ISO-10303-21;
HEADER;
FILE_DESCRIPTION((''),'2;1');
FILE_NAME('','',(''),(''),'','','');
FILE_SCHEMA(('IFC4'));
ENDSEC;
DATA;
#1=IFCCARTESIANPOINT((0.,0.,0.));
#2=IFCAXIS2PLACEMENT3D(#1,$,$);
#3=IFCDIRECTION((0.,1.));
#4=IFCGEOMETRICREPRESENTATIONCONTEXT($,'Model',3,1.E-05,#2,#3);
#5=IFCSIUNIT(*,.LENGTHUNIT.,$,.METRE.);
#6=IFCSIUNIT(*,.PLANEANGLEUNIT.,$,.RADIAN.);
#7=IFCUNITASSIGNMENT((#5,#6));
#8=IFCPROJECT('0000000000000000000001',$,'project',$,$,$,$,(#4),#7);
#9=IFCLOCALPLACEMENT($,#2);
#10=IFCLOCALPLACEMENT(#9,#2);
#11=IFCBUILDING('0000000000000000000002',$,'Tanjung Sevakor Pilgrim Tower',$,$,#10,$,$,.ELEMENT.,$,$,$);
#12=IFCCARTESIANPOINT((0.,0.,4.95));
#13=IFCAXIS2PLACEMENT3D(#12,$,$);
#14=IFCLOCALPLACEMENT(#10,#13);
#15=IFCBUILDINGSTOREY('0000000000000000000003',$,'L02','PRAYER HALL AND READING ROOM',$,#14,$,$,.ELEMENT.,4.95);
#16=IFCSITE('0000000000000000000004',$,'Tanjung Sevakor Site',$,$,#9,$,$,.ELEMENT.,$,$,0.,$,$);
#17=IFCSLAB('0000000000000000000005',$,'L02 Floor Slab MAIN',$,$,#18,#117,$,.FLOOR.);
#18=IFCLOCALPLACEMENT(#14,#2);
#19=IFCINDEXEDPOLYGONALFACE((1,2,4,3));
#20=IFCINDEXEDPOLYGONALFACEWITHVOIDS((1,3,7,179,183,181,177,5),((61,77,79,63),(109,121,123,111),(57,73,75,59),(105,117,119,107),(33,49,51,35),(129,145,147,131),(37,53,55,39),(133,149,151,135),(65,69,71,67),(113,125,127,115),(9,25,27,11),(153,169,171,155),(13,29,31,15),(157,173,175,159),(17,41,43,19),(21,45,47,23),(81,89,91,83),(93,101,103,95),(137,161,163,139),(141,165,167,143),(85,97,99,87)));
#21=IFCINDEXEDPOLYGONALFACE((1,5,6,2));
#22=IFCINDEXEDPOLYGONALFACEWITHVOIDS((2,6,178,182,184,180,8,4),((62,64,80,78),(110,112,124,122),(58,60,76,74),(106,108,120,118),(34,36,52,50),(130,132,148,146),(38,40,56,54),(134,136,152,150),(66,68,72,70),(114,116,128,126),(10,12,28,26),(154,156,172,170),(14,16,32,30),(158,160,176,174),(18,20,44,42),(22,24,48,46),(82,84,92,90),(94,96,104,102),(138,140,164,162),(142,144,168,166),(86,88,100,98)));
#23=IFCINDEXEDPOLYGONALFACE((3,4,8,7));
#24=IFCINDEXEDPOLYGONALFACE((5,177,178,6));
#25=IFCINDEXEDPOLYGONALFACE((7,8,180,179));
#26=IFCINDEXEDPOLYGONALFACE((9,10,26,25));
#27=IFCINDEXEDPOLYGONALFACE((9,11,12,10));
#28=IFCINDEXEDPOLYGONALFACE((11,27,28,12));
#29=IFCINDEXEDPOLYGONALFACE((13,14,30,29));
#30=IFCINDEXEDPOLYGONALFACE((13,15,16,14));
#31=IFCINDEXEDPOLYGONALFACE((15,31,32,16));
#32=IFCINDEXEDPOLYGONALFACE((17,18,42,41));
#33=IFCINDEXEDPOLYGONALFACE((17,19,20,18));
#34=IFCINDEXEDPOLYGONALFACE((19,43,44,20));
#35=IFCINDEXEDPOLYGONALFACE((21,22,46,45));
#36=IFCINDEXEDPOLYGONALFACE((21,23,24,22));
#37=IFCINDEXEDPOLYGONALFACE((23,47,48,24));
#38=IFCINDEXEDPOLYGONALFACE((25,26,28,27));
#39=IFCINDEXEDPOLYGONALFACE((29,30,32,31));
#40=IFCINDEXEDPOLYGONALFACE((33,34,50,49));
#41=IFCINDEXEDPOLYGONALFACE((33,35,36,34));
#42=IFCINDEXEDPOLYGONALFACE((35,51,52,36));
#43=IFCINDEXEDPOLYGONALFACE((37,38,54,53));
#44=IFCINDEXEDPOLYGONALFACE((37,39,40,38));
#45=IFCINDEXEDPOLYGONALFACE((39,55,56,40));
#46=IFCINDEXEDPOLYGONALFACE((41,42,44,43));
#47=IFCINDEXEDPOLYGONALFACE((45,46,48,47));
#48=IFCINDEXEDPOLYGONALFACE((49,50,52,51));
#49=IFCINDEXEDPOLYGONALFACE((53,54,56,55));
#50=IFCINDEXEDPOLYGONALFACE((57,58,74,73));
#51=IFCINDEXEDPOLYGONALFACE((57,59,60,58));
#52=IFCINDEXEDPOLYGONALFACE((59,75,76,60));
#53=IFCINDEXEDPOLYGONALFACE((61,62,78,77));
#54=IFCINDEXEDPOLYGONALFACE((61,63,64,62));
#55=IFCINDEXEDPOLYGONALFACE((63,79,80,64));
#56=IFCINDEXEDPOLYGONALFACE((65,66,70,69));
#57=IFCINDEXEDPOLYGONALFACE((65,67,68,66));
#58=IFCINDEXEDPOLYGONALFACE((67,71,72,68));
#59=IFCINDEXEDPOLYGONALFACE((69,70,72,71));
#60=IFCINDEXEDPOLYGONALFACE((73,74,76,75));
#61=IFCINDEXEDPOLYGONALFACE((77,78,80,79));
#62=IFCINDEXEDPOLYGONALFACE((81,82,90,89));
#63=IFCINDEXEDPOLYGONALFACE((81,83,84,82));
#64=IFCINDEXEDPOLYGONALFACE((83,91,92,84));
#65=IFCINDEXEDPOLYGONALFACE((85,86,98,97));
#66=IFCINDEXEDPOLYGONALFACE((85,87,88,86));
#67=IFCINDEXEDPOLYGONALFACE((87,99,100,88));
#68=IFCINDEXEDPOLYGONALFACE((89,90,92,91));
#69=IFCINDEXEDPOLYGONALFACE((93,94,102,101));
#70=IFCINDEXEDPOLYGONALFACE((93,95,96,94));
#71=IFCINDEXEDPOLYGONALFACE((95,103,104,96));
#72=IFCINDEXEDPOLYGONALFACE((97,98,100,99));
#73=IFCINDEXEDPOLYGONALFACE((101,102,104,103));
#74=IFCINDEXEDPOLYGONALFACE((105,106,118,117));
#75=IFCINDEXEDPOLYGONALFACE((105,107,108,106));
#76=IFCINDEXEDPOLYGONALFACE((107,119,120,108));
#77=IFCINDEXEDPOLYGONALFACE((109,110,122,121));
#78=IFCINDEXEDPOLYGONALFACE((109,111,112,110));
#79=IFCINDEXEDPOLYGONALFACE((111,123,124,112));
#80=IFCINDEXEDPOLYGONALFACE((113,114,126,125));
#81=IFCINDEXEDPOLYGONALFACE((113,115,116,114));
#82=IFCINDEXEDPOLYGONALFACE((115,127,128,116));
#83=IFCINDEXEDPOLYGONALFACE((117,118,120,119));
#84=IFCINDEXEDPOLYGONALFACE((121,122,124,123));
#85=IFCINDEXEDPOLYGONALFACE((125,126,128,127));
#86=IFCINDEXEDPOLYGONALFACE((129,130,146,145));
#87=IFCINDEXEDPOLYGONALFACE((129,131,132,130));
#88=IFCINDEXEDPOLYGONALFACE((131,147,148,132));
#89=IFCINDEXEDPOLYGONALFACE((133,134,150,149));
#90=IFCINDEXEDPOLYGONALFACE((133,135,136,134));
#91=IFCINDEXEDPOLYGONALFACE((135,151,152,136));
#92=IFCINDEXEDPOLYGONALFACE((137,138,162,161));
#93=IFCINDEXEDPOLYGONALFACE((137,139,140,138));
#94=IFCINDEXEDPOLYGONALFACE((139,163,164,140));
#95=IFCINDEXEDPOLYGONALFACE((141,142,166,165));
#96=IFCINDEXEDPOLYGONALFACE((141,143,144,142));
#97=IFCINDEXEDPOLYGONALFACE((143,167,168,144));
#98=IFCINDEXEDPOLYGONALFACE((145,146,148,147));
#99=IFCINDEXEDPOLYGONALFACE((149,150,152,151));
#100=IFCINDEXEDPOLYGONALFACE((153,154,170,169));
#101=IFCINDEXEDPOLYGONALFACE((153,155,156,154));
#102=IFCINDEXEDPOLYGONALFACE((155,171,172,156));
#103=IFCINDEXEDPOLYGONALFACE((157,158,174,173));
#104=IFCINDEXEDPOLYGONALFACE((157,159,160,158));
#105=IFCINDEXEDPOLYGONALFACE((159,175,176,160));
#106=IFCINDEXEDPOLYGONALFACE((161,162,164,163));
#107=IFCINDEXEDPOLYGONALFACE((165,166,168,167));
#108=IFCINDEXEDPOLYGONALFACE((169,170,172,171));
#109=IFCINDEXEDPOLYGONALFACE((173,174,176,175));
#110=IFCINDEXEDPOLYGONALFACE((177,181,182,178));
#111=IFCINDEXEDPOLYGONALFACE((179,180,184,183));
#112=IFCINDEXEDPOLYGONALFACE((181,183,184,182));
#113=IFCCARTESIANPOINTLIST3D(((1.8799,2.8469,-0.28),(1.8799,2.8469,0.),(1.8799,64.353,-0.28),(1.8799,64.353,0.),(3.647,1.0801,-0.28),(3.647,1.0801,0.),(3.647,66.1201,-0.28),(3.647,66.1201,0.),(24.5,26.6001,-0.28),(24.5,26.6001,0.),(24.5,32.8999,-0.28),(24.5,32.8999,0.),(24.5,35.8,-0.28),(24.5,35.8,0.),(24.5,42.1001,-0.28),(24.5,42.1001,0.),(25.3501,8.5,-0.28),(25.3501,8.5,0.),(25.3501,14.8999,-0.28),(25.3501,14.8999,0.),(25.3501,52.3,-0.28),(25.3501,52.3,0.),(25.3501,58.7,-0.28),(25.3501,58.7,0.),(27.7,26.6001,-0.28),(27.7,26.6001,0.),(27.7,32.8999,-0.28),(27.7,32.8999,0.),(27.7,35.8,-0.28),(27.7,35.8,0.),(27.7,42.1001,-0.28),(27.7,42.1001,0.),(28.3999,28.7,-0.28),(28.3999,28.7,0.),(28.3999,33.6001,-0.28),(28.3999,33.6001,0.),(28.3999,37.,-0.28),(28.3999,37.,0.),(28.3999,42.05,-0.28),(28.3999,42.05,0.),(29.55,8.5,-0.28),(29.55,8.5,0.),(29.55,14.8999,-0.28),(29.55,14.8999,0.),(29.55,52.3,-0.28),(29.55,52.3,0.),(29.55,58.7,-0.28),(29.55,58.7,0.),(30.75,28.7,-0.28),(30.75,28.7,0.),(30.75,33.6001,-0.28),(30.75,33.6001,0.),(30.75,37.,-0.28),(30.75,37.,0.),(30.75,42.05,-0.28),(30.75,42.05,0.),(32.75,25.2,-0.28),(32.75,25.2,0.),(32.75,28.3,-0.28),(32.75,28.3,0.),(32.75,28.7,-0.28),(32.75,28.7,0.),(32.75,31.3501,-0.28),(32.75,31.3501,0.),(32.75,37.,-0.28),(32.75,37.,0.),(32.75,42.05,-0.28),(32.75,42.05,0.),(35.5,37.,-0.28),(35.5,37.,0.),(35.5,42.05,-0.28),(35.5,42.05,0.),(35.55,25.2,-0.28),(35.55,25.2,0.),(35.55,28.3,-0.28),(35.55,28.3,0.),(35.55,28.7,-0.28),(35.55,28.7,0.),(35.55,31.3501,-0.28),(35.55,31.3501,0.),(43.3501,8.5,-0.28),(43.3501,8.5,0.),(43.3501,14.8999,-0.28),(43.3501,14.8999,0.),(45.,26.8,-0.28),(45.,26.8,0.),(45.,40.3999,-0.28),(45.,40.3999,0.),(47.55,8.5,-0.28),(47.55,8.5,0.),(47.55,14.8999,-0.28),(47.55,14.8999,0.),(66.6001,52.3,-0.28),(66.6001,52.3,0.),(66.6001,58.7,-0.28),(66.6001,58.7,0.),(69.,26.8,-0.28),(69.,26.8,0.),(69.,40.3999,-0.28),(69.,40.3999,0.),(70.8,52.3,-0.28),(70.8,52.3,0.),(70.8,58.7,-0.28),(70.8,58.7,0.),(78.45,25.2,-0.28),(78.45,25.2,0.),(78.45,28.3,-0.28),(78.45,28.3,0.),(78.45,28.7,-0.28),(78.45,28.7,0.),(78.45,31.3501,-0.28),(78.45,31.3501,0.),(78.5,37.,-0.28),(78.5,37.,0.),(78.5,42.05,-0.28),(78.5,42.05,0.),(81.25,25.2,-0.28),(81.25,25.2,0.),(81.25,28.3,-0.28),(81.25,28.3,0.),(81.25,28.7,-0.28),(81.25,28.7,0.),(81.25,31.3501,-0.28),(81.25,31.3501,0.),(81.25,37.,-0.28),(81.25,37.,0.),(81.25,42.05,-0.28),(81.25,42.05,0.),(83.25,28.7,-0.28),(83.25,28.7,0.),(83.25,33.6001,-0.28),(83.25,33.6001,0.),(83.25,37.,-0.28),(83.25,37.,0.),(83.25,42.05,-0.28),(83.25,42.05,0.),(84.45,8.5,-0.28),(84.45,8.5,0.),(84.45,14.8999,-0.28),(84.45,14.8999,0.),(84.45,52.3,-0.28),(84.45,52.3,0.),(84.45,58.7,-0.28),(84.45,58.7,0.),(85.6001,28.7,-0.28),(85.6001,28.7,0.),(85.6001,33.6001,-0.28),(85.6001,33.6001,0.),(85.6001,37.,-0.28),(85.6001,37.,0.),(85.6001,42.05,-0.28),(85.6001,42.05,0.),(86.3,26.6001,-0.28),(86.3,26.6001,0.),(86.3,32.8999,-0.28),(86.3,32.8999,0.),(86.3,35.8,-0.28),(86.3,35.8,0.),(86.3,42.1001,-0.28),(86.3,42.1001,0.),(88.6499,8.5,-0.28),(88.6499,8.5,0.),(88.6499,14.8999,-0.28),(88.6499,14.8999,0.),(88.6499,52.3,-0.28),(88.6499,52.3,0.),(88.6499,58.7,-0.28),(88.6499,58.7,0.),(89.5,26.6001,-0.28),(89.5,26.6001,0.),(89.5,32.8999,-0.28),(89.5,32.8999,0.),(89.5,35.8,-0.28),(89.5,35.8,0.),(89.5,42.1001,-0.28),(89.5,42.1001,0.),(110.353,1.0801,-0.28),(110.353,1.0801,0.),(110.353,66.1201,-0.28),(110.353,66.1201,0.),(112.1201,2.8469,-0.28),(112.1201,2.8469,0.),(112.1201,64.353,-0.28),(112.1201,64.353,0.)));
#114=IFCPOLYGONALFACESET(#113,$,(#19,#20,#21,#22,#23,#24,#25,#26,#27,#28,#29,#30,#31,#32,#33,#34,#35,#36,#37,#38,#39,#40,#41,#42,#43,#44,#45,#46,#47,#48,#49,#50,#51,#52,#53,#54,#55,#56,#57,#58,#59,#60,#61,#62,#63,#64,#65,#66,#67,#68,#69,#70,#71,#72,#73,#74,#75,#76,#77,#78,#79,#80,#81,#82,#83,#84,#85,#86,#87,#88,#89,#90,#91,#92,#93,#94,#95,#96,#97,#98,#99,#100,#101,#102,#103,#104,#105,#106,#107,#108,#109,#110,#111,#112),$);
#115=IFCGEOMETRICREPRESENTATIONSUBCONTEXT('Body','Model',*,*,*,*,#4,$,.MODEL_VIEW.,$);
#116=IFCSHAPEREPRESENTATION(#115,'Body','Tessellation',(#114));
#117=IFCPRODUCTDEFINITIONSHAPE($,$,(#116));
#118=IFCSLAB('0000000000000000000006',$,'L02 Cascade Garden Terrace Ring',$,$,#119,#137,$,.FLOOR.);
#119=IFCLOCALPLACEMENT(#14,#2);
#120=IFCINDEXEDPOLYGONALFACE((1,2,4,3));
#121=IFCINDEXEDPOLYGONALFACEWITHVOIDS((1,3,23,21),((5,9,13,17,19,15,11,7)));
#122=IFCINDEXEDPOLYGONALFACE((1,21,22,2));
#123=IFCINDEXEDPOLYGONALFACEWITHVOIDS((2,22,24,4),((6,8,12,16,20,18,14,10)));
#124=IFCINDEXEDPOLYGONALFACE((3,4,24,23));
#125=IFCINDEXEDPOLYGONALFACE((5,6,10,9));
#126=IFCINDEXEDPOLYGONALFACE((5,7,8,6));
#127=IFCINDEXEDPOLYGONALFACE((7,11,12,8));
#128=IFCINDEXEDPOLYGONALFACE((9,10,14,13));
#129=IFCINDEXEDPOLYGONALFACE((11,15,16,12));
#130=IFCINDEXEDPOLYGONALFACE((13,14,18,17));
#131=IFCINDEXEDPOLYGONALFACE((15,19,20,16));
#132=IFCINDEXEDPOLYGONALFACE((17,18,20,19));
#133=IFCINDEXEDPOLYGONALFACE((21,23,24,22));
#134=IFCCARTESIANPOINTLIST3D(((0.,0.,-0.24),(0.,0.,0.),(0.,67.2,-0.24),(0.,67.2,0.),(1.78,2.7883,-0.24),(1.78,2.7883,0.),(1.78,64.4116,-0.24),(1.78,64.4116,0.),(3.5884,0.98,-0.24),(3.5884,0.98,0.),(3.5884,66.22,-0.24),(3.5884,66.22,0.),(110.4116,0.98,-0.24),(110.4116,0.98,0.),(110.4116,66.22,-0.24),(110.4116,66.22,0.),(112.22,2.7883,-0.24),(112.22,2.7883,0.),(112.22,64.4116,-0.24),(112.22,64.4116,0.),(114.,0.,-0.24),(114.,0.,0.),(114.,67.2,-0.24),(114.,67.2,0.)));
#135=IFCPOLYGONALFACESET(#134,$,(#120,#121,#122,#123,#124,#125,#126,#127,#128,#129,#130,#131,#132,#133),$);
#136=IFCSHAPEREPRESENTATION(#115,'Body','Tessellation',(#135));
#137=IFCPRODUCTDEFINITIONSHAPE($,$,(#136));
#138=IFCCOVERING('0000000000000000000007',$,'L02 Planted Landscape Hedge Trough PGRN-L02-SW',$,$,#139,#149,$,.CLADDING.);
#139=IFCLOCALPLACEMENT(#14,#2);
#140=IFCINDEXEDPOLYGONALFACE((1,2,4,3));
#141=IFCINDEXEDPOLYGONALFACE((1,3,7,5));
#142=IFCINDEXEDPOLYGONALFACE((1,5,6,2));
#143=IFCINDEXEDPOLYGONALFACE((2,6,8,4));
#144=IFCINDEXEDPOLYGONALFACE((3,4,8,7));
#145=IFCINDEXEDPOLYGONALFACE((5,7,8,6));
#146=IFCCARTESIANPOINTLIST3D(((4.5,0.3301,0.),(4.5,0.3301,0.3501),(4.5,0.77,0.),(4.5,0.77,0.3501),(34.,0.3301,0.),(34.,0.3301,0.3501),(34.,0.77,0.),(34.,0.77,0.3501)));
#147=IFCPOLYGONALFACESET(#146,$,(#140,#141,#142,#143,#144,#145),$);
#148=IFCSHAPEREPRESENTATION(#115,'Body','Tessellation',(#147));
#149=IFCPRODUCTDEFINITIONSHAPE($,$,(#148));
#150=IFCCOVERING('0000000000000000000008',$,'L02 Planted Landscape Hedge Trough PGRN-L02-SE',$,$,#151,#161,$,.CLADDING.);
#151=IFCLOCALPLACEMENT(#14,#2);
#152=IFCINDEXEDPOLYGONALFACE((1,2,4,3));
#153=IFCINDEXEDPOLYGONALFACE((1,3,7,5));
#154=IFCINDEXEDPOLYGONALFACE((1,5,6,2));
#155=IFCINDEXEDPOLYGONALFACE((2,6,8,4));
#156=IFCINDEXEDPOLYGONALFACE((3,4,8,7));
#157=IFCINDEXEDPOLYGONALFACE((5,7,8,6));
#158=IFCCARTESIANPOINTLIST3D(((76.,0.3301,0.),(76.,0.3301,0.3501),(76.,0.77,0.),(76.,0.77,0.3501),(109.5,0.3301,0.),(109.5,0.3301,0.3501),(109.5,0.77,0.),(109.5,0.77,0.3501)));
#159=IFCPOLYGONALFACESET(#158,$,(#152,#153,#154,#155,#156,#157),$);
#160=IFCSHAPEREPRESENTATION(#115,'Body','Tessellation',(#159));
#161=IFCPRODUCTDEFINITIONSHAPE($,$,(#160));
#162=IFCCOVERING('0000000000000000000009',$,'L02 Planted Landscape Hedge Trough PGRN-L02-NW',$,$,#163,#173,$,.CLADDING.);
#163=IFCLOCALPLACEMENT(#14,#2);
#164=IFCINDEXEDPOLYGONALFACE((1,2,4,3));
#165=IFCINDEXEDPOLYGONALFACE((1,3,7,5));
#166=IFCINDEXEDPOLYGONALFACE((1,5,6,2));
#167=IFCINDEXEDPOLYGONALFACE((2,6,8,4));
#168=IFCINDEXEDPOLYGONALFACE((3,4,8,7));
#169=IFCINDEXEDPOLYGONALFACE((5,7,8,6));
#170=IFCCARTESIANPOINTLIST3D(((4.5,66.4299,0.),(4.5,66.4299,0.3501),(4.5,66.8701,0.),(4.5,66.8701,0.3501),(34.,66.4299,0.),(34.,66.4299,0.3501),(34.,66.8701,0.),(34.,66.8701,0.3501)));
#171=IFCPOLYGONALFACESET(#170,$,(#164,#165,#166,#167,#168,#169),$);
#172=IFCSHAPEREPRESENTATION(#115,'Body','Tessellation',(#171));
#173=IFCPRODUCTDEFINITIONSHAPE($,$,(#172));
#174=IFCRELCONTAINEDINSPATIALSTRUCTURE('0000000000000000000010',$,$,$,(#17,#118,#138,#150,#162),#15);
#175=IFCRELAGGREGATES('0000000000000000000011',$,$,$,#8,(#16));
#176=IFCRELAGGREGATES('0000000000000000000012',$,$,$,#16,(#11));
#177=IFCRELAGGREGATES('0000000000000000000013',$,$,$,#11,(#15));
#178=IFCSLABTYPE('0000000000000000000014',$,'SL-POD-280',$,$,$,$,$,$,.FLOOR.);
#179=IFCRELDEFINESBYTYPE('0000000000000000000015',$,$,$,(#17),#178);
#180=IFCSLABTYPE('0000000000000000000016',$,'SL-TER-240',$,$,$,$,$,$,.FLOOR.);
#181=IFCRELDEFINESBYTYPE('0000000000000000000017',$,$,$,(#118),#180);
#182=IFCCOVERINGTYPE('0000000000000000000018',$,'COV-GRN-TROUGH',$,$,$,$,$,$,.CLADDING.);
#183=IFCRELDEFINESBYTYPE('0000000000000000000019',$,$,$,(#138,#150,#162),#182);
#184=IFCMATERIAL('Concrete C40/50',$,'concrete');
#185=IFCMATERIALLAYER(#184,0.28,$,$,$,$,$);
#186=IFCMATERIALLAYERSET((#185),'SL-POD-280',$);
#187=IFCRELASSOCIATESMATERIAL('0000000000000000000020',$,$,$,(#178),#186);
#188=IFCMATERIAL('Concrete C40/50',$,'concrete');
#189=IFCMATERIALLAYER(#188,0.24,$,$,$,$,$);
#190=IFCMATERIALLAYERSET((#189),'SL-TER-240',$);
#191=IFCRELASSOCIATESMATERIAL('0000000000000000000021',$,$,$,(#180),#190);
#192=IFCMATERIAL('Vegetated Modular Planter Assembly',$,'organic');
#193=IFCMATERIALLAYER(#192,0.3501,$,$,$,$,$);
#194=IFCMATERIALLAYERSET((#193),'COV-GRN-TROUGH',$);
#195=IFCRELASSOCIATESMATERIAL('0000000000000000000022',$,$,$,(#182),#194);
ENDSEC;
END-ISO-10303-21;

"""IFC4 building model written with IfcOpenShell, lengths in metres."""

from ifc_helpers import new_model, si_unit, direction, frame, origin, place, context, subcontext, project, spatial, polyline, outline, extrude, material, layer, layer_set, type_object, element, save


model = new_model("IFC4")

# Units and contexts
model_context = context("Model", 3, precision=1e-05, world=origin(), true_north=direction((0.0, 1.0)))
body_context = subcontext(model_context, "Body", "Model", "MODEL_VIEW")
ifc_project = project(units=[si_unit("LENGTHUNIT", "METRE"), si_unit("PLANEANGLEUNIT", "RADIAN")], contexts=[model_context])

# Site, building, storey
site_placement = place(None, origin())
site = spatial("IfcSite", under=ifc_project, at=site_placement, Name="Tanjung Sevakor Site", CompositionType="ELEMENT", RefElevation=0.0)
building_placement = place(site_placement, origin())
building = spatial("IfcBuilding", under=site, at=building_placement, Name="Tanjung Sevakor Pilgrim Tower", CompositionType="ELEMENT")
storey_placement = place(building_placement, frame((0.0, 0.0, 4.95)))
storey = spatial("IfcBuildingStorey", under=building, at=storey_placement, Name="L02", Description="PRAYER HALL AND READING ROOM", CompositionType="ELEMENT", Elevation=4.95)

# Slabs
ifc_material_1 = material(Name="Concrete C40/50", Category="concrete")
ifc_layer_1 = layer(ifc_material_1, 0.28)
ifc_layer_set_1 = layer_set([ifc_layer_1], Name="SL-POD-280")
slab_type_1 = type_object("IfcSlabType", Name="SL-POD-280", PredefinedType="FLOOR", material=ifc_layer_set_1)
slab_1_placement = place(storey_placement, frame((0.0, 0.0, -0.28)))
element("IfcSlab", 1, at=slab_1_placement, inside=storey, type_object=slab_type_1, Name="L02 Floor Slab MAIN", PredefinedType="FLOOR", context=body_context, shape_type="SweptSolid", body=[
    extrude(outline(polyline([(3.647, 1.0801), (110.353, 1.0801), (112.1201, 2.8469), (112.1201, 64.353), (110.353, 66.1201), (3.647, 66.1201), (1.8799, 64.353), (1.8799, 2.8469), (3.647, 1.0801)]), holes=[polyline([(27.7, 26.6001), (27.7, 32.8999), (24.5, 32.8999), (24.5, 26.6001), (27.7, 26.6001)]), polyline([(27.7, 35.8), (27.7, 42.1001), (24.5, 42.1001), (24.5, 35.8), (27.7, 35.8)]), polyline([(89.5, 26.6001), (89.5, 32.8999), (86.3, 32.8999), (86.3, 26.6001), (89.5, 26.6001)]), polyline([(89.5, 35.8), (89.5, 42.1001), (86.3, 42.1001), (86.3, 35.8), (89.5, 35.8)]), polyline([(25.3501, 14.8999), (25.3501, 8.5), (29.55, 8.5), (29.55, 14.8999), (25.3501, 14.8999)]), polyline([(29.55, 52.3), (29.55, 58.7), (25.3501, 58.7), (25.3501, 52.3), (29.55, 52.3)]), polyline([(43.3501, 14.8999), (43.3501, 8.5), (47.55, 8.5), (47.55, 14.8999), (43.3501, 14.8999)]), polyline([(70.8, 52.3), (70.8, 58.7), (66.6001, 58.7), (66.6001, 52.3), (70.8, 52.3)]), polyline([(84.45, 14.8999), (84.45, 8.5), (88.6499, 8.5), (88.6499, 14.8999), (84.45, 14.8999)]), polyline([(88.6499, 52.3), (88.6499, 58.7), (84.45, 58.7), (84.45, 52.3), (88.6499, 52.3)]), polyline([(32.75, 25.2), (35.55, 25.2), (35.55, 28.3), (32.75, 28.3), (32.75, 25.2)]), polyline([(32.75, 28.7), (35.55, 28.7), (35.55, 31.3501), (32.75, 31.3501), (32.75, 28.7)]), polyline([(28.3999, 28.7), (30.75, 28.7), (30.75, 33.6001), (28.3999, 33.6001), (28.3999, 28.7)]), polyline([(28.3999, 37.0), (30.75, 37.0), (30.75, 42.05), (28.3999, 42.05), (28.3999, 37.0)]), polyline([(32.75, 37.0), (35.5, 37.0), (35.5, 42.05), (32.75, 42.05), (32.75, 37.0)]), polyline([(78.45, 25.2), (81.25, 25.2), (81.25, 28.3), (78.45, 28.3), (78.45, 25.2)]), polyline([(78.45, 28.7), (81.25, 28.7), (81.25, 31.3501), (78.45, 31.3501), (78.45, 28.7)]), polyline([(83.25, 28.7), (85.6001, 28.7), (85.6001, 33.6001), (83.25, 33.6001), (83.25, 28.7)]), polyline([(83.25, 37.0), (85.6001, 37.0), (85.6001, 42.05), (83.25, 42.05), (83.25, 37.0)]), polyline([(78.5, 37.0), (81.25, 37.0), (81.25, 42.05), (78.5, 42.05), (78.5, 37.0)]), polyline([(45.0, 26.8), (69.0, 26.8), (69.0, 40.3999), (45.0, 40.3999), (45.0, 26.8)])]), origin(), (0.0, 0.0, 1.0), 0.28),
])
ifc_material_2 = material(Name="Concrete C40/50", Category="concrete")
ifc_layer_2 = layer(ifc_material_2, 0.24)
ifc_layer_set_2 = layer_set([ifc_layer_2], Name="SL-TER-240")
slab_type_2 = type_object("IfcSlabType", Name="SL-TER-240", PredefinedType="FLOOR", material=ifc_layer_set_2)
slab_2_placement = place(storey_placement, frame((0.0, 0.0, -0.24)))
element("IfcSlab", 2, at=slab_2_placement, inside=storey, type_object=slab_type_2, Name="L02 Cascade Garden Terrace Ring", PredefinedType="FLOOR", context=body_context, shape_type="SweptSolid", body=[
    extrude(outline(polyline([(0.0, 0.0), (114.0, 0.0), (114.0, 67.2), (0.0, 67.2), (0.0, 0.0)]), holes=[polyline([(3.5884, 0.98), (110.4116, 0.98), (112.22, 2.7883), (112.22, 64.4116), (110.4116, 66.22), (3.5884, 66.22), (1.78, 64.4116), (1.78, 2.7883), (3.5884, 0.98)])]), origin(), (0.0, 0.0, 1.0), 0.24),
])

# Coverings
ifc_material_3 = material(Name="Vegetated Modular Planter Assembly", Category="organic")
ifc_layer_3 = layer(ifc_material_3, 0.3501)
ifc_layer_set_3 = layer_set([ifc_layer_3], Name="COV-GRN-TROUGH")
covering_type = type_object("IfcCoveringType", Name="COV-GRN-TROUGH", PredefinedType="CLADDING", material=ifc_layer_set_3)
covering_1_placement = place(storey_placement, origin())
element("IfcCovering", 3, at=covering_1_placement, inside=storey, type_object=covering_type, Name="L02 Planted Landscape Hedge Trough PGRN-L02-SW", PredefinedType="CLADDING", context=body_context, shape_type="SweptSolid", body=[
    extrude(outline(polyline([(4.5, 0.3301), (34.0, 0.3301), (34.0, 0.77), (4.5, 0.77), (4.5, 0.3301)])), origin(), (0.0, 0.0, 1.0), 0.3501),
])
covering_2_placement = place(storey_placement, origin())
element("IfcCovering", 4, at=covering_2_placement, inside=storey, type_object=covering_type, Name="L02 Planted Landscape Hedge Trough PGRN-L02-SE", PredefinedType="CLADDING", context=body_context, shape_type="SweptSolid", body=[
    extrude(outline(polyline([(76.0, 0.3301), (109.5, 0.3301), (109.5, 0.77), (76.0, 0.77), (76.0, 0.3301)])), origin(), (0.0, 0.0, 1.0), 0.3501),
])
covering_3_placement = place(storey_placement, origin())
element("IfcCovering", 5, at=covering_3_placement, inside=storey, type_object=covering_type, Name="L02 Planted Landscape Hedge Trough PGRN-L02-NW", PredefinedType="CLADDING", context=body_context, shape_type="SweptSolid", body=[
    extrude(outline(polyline([(4.5, 66.4299), (34.0, 66.4299), (34.0, 66.8701), (4.5, 66.8701), (4.5, 66.4299)])), origin(), (0.0, 0.0, 1.0), 0.3501),
])

save(model, "model.ifc")
